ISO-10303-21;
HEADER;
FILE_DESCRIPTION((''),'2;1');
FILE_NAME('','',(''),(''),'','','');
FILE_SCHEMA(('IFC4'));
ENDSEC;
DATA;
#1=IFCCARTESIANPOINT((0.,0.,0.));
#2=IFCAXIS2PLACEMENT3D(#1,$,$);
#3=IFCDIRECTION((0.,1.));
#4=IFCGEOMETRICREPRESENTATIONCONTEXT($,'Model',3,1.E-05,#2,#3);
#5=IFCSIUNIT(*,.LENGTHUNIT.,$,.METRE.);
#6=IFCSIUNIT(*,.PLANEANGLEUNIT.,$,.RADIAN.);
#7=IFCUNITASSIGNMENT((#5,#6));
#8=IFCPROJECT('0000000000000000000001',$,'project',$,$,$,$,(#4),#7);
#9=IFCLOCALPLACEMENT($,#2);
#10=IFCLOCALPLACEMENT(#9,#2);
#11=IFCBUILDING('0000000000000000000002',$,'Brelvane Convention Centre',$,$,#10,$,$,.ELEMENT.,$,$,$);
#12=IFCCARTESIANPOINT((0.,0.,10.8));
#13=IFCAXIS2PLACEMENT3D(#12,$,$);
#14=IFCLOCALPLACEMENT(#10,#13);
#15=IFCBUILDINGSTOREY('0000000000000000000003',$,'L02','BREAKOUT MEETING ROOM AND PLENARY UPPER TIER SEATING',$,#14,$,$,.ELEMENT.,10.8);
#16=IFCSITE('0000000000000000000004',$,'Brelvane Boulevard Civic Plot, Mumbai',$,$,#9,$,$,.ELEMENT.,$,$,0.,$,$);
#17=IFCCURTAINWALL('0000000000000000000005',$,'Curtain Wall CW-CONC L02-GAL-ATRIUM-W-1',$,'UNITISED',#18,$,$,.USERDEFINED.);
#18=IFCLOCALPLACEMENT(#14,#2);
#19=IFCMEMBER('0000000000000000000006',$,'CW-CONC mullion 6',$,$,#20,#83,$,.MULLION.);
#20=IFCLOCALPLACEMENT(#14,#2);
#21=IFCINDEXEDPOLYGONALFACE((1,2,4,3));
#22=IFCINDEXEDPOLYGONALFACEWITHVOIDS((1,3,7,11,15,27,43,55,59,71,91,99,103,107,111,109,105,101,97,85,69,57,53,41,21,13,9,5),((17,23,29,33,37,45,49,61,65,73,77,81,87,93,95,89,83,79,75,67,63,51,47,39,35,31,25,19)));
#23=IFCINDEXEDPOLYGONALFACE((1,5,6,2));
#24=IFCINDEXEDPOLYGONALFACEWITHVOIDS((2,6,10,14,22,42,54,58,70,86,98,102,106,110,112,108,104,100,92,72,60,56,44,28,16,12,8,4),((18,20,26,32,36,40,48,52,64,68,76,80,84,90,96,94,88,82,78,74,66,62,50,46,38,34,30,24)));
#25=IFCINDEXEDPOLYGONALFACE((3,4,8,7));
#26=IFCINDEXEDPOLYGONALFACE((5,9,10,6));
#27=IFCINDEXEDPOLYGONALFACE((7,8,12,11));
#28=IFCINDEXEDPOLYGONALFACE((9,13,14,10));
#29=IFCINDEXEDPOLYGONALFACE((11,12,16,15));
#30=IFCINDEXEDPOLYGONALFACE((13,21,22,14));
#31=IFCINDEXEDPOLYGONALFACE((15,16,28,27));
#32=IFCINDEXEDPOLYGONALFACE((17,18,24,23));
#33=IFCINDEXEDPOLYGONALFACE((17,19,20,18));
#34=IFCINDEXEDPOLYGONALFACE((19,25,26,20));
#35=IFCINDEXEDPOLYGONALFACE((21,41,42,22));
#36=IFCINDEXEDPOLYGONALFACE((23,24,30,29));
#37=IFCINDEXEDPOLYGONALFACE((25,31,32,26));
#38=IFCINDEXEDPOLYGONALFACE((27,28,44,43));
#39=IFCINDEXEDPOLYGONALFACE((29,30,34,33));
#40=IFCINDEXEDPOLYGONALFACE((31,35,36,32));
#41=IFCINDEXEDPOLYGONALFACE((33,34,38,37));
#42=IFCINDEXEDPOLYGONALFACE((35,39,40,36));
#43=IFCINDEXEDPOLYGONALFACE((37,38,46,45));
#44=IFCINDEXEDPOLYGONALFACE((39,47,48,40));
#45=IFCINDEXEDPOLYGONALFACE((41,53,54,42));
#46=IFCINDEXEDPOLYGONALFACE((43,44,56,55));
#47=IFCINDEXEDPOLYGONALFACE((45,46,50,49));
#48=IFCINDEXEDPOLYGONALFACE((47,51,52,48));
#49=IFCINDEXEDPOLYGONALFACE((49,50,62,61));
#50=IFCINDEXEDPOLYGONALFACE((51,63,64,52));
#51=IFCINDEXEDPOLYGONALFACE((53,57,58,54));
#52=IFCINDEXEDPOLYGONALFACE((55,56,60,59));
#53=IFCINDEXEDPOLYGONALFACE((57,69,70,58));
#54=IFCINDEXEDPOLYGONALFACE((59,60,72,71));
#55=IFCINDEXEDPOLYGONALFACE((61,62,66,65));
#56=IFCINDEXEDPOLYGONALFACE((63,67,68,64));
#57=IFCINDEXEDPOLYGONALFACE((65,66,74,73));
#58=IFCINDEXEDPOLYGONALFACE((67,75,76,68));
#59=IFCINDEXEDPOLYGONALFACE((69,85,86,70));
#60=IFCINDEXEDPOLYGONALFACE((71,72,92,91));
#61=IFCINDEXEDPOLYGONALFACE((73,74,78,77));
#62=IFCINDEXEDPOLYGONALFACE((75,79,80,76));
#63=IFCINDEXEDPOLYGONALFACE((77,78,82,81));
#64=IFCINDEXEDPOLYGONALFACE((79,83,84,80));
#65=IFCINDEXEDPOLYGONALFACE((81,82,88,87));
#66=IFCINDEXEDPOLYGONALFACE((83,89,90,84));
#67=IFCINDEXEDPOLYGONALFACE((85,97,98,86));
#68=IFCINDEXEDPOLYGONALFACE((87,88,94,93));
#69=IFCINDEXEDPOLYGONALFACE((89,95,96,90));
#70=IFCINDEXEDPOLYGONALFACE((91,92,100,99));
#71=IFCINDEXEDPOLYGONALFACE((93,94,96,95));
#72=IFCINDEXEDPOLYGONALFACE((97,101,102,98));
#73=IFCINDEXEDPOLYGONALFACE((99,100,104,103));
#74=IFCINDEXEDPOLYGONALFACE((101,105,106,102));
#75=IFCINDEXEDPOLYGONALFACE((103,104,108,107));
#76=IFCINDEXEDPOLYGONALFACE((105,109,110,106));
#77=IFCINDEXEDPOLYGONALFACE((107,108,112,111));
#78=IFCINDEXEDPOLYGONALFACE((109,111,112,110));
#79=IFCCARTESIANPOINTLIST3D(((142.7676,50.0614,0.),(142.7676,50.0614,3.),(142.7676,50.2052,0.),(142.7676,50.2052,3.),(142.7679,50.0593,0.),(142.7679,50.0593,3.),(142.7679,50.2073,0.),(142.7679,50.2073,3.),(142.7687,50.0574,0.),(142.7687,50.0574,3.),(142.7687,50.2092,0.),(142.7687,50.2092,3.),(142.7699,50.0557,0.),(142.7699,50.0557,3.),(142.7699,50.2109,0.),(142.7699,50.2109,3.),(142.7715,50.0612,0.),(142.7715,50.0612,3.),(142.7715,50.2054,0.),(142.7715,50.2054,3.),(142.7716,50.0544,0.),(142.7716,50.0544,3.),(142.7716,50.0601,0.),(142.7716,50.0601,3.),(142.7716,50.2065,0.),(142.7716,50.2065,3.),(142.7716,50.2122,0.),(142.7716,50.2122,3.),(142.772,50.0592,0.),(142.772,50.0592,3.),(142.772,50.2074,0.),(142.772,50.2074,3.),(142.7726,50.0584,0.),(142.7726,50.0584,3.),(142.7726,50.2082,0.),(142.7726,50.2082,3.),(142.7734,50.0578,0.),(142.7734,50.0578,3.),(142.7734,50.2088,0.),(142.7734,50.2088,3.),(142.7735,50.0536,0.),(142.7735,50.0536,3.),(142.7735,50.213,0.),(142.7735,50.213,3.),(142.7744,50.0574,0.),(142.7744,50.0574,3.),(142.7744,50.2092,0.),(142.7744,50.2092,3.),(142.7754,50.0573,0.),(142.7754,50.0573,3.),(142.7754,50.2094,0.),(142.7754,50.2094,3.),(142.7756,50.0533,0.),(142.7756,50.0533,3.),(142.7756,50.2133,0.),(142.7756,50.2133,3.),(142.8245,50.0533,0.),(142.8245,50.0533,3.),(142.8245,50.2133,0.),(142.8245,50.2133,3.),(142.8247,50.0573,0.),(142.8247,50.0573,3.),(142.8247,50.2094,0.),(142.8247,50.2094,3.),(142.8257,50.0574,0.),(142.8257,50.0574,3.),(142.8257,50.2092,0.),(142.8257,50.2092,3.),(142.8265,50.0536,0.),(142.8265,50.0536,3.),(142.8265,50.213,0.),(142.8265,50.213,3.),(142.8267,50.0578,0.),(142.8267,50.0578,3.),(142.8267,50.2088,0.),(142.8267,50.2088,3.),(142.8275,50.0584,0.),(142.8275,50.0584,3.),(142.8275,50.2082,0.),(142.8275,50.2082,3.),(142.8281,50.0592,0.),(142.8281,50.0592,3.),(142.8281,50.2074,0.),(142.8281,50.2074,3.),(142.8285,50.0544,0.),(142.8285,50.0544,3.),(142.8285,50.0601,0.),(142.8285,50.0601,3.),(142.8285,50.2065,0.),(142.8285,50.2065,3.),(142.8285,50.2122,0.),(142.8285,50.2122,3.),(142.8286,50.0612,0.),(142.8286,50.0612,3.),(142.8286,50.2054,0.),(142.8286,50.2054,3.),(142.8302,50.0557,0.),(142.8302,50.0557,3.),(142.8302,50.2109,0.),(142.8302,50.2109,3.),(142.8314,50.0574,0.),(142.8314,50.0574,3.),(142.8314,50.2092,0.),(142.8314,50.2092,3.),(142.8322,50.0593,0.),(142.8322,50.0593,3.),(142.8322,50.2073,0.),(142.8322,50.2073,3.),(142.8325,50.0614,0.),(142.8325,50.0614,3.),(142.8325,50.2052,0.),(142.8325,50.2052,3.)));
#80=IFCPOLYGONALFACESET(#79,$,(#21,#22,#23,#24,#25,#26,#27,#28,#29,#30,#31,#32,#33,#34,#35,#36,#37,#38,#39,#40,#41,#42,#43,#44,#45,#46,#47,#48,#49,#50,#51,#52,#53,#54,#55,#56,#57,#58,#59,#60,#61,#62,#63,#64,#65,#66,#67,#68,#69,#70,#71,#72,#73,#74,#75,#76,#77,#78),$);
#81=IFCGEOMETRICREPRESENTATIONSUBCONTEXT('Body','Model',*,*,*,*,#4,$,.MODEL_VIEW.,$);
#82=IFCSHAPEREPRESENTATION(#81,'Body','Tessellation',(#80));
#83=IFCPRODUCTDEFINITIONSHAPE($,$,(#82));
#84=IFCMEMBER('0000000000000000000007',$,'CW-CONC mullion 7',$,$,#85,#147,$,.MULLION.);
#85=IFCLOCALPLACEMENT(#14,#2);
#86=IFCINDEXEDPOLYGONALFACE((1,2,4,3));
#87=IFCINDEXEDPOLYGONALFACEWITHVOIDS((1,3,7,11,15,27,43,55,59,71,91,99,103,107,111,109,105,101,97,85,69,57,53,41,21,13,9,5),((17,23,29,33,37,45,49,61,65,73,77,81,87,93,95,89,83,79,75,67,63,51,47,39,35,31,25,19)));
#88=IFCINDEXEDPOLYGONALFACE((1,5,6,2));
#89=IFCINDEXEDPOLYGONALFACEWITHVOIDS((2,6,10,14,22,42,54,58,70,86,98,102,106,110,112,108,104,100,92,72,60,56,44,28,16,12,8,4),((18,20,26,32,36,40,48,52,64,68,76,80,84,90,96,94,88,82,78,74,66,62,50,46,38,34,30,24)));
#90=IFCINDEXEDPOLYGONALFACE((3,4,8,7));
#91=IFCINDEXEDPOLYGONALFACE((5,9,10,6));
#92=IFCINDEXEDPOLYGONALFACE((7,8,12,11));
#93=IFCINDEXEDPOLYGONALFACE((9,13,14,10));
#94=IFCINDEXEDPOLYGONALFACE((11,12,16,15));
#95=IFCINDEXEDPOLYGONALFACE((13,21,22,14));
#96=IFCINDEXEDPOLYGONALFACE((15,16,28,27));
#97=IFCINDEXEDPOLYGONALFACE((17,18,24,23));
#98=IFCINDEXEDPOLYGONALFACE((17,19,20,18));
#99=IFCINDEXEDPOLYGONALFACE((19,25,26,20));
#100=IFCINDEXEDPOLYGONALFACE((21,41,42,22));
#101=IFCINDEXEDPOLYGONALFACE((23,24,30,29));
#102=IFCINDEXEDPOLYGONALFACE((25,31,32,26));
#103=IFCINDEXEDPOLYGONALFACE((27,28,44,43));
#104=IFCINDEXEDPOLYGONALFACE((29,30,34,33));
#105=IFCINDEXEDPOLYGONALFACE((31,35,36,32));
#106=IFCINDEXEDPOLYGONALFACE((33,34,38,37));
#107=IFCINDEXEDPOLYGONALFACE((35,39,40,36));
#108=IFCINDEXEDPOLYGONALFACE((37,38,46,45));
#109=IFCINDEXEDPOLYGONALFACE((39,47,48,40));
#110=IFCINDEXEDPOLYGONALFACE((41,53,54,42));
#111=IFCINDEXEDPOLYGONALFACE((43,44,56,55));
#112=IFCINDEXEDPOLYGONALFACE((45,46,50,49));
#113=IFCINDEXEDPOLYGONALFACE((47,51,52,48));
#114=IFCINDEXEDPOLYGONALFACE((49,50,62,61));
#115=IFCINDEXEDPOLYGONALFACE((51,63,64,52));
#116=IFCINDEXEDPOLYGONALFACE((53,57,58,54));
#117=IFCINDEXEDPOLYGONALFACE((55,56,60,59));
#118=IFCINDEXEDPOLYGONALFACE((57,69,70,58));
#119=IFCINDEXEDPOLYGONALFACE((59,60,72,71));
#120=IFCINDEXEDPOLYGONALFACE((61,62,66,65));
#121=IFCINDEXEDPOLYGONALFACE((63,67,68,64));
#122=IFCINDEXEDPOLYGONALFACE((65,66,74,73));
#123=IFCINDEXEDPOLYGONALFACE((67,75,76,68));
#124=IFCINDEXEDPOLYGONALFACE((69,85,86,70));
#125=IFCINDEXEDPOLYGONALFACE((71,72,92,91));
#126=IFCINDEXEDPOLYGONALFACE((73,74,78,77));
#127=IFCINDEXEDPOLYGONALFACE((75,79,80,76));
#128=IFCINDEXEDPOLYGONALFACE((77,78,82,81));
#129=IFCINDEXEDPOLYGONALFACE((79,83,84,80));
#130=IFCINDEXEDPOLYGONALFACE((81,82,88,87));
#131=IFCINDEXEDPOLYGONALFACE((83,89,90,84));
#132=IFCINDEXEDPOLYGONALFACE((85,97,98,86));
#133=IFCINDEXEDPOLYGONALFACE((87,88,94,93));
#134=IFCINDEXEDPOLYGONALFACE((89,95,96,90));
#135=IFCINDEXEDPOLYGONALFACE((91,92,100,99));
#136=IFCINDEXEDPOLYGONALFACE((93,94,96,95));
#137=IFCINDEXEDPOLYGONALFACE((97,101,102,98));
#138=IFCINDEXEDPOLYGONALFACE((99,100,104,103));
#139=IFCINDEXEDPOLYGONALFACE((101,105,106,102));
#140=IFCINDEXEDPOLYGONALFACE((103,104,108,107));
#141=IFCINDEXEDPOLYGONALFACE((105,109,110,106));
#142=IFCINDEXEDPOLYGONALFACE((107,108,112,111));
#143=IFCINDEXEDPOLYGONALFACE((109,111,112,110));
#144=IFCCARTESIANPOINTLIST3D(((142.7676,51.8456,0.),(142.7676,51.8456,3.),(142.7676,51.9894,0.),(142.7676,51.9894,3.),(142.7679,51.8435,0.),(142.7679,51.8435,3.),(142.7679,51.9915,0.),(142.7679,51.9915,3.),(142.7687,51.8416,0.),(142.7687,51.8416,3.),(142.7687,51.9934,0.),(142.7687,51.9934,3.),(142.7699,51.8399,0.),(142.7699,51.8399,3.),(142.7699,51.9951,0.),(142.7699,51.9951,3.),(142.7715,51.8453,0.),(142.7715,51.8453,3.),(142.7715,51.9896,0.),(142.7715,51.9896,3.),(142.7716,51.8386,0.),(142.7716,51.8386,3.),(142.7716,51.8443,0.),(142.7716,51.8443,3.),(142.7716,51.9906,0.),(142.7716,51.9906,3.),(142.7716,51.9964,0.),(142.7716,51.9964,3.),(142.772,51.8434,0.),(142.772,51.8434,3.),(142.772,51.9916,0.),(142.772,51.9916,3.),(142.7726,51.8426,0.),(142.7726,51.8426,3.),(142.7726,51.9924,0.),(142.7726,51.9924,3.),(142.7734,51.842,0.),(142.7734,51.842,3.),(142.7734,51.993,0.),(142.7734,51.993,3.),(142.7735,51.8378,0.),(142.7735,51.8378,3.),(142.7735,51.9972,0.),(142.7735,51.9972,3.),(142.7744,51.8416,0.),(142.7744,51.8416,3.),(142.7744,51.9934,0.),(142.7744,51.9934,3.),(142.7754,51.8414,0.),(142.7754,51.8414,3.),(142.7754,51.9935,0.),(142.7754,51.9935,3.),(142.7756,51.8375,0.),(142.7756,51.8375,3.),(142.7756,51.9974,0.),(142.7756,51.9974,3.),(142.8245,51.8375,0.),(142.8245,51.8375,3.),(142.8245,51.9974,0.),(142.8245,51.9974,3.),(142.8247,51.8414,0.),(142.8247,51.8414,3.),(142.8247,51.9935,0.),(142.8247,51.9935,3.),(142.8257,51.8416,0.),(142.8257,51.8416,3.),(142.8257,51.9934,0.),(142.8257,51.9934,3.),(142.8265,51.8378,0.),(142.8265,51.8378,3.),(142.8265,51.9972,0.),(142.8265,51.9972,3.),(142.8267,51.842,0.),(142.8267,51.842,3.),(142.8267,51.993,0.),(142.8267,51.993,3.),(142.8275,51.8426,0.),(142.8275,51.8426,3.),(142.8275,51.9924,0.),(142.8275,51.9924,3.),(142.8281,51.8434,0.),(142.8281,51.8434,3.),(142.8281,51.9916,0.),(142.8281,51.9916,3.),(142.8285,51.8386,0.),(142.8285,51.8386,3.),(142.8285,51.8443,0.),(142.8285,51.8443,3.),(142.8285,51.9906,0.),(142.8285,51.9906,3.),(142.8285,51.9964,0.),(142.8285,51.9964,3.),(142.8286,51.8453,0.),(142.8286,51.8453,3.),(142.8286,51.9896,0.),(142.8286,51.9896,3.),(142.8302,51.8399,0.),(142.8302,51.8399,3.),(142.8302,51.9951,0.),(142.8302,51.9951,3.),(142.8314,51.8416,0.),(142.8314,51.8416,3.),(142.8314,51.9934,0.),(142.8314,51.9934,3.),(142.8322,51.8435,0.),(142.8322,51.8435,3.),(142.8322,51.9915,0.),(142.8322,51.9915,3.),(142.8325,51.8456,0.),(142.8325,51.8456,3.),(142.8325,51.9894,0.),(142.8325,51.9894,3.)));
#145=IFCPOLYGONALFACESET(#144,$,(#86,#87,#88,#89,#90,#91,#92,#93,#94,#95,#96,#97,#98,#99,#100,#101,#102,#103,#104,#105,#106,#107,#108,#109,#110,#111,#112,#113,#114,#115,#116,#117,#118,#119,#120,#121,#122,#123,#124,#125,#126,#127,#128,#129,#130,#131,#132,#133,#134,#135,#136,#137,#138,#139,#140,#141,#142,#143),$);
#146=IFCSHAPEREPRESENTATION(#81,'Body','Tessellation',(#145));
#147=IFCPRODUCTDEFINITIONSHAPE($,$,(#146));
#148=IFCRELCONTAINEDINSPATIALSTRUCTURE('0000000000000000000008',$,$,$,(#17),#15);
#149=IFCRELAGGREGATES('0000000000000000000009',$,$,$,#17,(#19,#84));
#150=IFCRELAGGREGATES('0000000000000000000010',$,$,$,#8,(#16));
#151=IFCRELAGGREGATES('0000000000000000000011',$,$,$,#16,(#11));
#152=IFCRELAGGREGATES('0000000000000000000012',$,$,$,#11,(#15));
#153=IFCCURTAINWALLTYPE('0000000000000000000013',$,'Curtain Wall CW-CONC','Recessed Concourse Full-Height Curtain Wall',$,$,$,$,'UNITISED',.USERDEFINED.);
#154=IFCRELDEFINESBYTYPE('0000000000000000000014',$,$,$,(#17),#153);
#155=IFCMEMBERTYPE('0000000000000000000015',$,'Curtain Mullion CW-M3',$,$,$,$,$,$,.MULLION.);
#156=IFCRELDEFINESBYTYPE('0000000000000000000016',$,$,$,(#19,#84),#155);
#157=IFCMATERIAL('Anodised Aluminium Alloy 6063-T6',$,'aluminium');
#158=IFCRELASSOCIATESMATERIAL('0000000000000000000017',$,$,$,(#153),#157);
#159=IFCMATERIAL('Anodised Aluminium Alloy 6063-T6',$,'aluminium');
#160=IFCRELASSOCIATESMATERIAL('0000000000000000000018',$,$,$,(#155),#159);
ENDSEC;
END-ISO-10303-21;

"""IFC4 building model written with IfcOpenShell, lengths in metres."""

from ifc_helpers import new_model, si_unit, direction, frame, origin, origin_2d, place, context, subcontext, project, spatial, hollow_rectangle, extrude, material, material_profile, profile_set, type_object, element, aggregate, save


model = new_model("IFC4")

# Units and contexts
model_context = context("Model", 3, precision=1e-05, world=origin(), true_north=direction((0.0, 1.0)))
body_context = subcontext(model_context, "Body", "Model", "MODEL_VIEW")
ifc_project = project(units=[si_unit("LENGTHUNIT", "METRE"), si_unit("PLANEANGLEUNIT", "RADIAN")], contexts=[model_context])

# Site, building, storey
site_placement = place(None, origin())
site = spatial("IfcSite", under=ifc_project, at=site_placement, Name="Brelvane Boulevard Civic Plot, Mumbai", CompositionType="ELEMENT", RefElevation=0.0)
building_placement = place(site_placement, origin())
building = spatial("IfcBuilding", under=site, at=building_placement, Name="Brelvane Convention Centre", CompositionType="ELEMENT")
storey_placement = place(building_placement, frame((0.0, 0.0, 10.8)))
storey = spatial("IfcBuildingStorey", under=building, at=storey_placement, Name="L02", Description="BREAKOUT MEETING ROOM AND PLENARY UPPER TIER SEATING", CompositionType="ELEMENT", Elevation=10.8)

# Curtain wall, members
ifc_material_1 = material(Name="Anodised Aluminium Alloy 6063-T6", Category="aluminium")
curtain_wall_type = type_object("IfcCurtainWallType", Name="Curtain Wall CW-CONC", Description="Recessed Concourse Full-Height Curtain Wall", ElementType="UNITISED", PredefinedType="USERDEFINED", material=ifc_material_1)
curtain_wall_placement = place(storey_placement, origin())
curtain_wall = element("IfcCurtainWall", 1, at=curtain_wall_placement, inside=storey, type_object=curtain_wall_type, Name="Curtain Wall CW-CONC L02-GAL-ATRIUM-W-1", ObjectType="UNITISED", PredefinedType="USERDEFINED")
ifc_material_2 = material(Name="Anodised Aluminium Alloy 6063-T6", Category="aluminium")
ifc_material_profile_1 = material_profile(ifc_material_2, hollow_rectangle(XDim=0.0649, YDim=0.1599, WallThickness=0.0039, InnerFilletRadius=0.0039, OuterFilletRadius=0.0081, at=origin_2d()), Name="ALU-M 160x65x4.0")
ifc_profile_set_1 = profile_set([ifc_material_profile_1], Name="Anodised Aluminium Alloy 6063-T6")
member_type_1 = type_object("IfcMemberType", Name="Curtain Mullion CW-M3", PredefinedType="MULLION", material=ifc_profile_set_1)
member_1_placement = place(storey_placement, frame((142.8, 50.1333, 0.0), z_axis=(0.0, 0.0, 1.0), x_axis=(-1.0, 0.0, 0.0)))
member_1 = element("IfcMember", 2, at=member_1_placement, type_object=member_type_1, Name="CW-CONC mullion 6", PredefinedType="MULLION", context=body_context, shape_type="SweptSolid", body=[
    extrude(hollow_rectangle(XDim=0.0649, YDim=0.1599, WallThickness=0.0039, InnerFilletRadius=0.0039, OuterFilletRadius=0.0081, at=origin_2d()), origin(), (0.0, 0.0, 1.0), 3.0),
])
member_2_placement = place(storey_placement, frame((142.8, 51.9175, 0.0), z_axis=(0.0, 0.0, 1.0), x_axis=(-1.0, 0.0, 0.0)))
member_2 = element("IfcMember", 3, at=member_2_placement, type_object=member_type_1, Name="CW-CONC mullion 7", PredefinedType="MULLION", context=body_context, shape_type="SweptSolid", body=[
    extrude(hollow_rectangle(XDim=0.0649, YDim=0.1599, WallThickness=0.0039, InnerFilletRadius=0.0039, OuterFilletRadius=0.0081, at=origin_2d()), origin(), (0.0, 0.0, 1.0), 3.0),
])
aggregate(curtain_wall, [member_1, member_2])

save(model, "model.ifc")
